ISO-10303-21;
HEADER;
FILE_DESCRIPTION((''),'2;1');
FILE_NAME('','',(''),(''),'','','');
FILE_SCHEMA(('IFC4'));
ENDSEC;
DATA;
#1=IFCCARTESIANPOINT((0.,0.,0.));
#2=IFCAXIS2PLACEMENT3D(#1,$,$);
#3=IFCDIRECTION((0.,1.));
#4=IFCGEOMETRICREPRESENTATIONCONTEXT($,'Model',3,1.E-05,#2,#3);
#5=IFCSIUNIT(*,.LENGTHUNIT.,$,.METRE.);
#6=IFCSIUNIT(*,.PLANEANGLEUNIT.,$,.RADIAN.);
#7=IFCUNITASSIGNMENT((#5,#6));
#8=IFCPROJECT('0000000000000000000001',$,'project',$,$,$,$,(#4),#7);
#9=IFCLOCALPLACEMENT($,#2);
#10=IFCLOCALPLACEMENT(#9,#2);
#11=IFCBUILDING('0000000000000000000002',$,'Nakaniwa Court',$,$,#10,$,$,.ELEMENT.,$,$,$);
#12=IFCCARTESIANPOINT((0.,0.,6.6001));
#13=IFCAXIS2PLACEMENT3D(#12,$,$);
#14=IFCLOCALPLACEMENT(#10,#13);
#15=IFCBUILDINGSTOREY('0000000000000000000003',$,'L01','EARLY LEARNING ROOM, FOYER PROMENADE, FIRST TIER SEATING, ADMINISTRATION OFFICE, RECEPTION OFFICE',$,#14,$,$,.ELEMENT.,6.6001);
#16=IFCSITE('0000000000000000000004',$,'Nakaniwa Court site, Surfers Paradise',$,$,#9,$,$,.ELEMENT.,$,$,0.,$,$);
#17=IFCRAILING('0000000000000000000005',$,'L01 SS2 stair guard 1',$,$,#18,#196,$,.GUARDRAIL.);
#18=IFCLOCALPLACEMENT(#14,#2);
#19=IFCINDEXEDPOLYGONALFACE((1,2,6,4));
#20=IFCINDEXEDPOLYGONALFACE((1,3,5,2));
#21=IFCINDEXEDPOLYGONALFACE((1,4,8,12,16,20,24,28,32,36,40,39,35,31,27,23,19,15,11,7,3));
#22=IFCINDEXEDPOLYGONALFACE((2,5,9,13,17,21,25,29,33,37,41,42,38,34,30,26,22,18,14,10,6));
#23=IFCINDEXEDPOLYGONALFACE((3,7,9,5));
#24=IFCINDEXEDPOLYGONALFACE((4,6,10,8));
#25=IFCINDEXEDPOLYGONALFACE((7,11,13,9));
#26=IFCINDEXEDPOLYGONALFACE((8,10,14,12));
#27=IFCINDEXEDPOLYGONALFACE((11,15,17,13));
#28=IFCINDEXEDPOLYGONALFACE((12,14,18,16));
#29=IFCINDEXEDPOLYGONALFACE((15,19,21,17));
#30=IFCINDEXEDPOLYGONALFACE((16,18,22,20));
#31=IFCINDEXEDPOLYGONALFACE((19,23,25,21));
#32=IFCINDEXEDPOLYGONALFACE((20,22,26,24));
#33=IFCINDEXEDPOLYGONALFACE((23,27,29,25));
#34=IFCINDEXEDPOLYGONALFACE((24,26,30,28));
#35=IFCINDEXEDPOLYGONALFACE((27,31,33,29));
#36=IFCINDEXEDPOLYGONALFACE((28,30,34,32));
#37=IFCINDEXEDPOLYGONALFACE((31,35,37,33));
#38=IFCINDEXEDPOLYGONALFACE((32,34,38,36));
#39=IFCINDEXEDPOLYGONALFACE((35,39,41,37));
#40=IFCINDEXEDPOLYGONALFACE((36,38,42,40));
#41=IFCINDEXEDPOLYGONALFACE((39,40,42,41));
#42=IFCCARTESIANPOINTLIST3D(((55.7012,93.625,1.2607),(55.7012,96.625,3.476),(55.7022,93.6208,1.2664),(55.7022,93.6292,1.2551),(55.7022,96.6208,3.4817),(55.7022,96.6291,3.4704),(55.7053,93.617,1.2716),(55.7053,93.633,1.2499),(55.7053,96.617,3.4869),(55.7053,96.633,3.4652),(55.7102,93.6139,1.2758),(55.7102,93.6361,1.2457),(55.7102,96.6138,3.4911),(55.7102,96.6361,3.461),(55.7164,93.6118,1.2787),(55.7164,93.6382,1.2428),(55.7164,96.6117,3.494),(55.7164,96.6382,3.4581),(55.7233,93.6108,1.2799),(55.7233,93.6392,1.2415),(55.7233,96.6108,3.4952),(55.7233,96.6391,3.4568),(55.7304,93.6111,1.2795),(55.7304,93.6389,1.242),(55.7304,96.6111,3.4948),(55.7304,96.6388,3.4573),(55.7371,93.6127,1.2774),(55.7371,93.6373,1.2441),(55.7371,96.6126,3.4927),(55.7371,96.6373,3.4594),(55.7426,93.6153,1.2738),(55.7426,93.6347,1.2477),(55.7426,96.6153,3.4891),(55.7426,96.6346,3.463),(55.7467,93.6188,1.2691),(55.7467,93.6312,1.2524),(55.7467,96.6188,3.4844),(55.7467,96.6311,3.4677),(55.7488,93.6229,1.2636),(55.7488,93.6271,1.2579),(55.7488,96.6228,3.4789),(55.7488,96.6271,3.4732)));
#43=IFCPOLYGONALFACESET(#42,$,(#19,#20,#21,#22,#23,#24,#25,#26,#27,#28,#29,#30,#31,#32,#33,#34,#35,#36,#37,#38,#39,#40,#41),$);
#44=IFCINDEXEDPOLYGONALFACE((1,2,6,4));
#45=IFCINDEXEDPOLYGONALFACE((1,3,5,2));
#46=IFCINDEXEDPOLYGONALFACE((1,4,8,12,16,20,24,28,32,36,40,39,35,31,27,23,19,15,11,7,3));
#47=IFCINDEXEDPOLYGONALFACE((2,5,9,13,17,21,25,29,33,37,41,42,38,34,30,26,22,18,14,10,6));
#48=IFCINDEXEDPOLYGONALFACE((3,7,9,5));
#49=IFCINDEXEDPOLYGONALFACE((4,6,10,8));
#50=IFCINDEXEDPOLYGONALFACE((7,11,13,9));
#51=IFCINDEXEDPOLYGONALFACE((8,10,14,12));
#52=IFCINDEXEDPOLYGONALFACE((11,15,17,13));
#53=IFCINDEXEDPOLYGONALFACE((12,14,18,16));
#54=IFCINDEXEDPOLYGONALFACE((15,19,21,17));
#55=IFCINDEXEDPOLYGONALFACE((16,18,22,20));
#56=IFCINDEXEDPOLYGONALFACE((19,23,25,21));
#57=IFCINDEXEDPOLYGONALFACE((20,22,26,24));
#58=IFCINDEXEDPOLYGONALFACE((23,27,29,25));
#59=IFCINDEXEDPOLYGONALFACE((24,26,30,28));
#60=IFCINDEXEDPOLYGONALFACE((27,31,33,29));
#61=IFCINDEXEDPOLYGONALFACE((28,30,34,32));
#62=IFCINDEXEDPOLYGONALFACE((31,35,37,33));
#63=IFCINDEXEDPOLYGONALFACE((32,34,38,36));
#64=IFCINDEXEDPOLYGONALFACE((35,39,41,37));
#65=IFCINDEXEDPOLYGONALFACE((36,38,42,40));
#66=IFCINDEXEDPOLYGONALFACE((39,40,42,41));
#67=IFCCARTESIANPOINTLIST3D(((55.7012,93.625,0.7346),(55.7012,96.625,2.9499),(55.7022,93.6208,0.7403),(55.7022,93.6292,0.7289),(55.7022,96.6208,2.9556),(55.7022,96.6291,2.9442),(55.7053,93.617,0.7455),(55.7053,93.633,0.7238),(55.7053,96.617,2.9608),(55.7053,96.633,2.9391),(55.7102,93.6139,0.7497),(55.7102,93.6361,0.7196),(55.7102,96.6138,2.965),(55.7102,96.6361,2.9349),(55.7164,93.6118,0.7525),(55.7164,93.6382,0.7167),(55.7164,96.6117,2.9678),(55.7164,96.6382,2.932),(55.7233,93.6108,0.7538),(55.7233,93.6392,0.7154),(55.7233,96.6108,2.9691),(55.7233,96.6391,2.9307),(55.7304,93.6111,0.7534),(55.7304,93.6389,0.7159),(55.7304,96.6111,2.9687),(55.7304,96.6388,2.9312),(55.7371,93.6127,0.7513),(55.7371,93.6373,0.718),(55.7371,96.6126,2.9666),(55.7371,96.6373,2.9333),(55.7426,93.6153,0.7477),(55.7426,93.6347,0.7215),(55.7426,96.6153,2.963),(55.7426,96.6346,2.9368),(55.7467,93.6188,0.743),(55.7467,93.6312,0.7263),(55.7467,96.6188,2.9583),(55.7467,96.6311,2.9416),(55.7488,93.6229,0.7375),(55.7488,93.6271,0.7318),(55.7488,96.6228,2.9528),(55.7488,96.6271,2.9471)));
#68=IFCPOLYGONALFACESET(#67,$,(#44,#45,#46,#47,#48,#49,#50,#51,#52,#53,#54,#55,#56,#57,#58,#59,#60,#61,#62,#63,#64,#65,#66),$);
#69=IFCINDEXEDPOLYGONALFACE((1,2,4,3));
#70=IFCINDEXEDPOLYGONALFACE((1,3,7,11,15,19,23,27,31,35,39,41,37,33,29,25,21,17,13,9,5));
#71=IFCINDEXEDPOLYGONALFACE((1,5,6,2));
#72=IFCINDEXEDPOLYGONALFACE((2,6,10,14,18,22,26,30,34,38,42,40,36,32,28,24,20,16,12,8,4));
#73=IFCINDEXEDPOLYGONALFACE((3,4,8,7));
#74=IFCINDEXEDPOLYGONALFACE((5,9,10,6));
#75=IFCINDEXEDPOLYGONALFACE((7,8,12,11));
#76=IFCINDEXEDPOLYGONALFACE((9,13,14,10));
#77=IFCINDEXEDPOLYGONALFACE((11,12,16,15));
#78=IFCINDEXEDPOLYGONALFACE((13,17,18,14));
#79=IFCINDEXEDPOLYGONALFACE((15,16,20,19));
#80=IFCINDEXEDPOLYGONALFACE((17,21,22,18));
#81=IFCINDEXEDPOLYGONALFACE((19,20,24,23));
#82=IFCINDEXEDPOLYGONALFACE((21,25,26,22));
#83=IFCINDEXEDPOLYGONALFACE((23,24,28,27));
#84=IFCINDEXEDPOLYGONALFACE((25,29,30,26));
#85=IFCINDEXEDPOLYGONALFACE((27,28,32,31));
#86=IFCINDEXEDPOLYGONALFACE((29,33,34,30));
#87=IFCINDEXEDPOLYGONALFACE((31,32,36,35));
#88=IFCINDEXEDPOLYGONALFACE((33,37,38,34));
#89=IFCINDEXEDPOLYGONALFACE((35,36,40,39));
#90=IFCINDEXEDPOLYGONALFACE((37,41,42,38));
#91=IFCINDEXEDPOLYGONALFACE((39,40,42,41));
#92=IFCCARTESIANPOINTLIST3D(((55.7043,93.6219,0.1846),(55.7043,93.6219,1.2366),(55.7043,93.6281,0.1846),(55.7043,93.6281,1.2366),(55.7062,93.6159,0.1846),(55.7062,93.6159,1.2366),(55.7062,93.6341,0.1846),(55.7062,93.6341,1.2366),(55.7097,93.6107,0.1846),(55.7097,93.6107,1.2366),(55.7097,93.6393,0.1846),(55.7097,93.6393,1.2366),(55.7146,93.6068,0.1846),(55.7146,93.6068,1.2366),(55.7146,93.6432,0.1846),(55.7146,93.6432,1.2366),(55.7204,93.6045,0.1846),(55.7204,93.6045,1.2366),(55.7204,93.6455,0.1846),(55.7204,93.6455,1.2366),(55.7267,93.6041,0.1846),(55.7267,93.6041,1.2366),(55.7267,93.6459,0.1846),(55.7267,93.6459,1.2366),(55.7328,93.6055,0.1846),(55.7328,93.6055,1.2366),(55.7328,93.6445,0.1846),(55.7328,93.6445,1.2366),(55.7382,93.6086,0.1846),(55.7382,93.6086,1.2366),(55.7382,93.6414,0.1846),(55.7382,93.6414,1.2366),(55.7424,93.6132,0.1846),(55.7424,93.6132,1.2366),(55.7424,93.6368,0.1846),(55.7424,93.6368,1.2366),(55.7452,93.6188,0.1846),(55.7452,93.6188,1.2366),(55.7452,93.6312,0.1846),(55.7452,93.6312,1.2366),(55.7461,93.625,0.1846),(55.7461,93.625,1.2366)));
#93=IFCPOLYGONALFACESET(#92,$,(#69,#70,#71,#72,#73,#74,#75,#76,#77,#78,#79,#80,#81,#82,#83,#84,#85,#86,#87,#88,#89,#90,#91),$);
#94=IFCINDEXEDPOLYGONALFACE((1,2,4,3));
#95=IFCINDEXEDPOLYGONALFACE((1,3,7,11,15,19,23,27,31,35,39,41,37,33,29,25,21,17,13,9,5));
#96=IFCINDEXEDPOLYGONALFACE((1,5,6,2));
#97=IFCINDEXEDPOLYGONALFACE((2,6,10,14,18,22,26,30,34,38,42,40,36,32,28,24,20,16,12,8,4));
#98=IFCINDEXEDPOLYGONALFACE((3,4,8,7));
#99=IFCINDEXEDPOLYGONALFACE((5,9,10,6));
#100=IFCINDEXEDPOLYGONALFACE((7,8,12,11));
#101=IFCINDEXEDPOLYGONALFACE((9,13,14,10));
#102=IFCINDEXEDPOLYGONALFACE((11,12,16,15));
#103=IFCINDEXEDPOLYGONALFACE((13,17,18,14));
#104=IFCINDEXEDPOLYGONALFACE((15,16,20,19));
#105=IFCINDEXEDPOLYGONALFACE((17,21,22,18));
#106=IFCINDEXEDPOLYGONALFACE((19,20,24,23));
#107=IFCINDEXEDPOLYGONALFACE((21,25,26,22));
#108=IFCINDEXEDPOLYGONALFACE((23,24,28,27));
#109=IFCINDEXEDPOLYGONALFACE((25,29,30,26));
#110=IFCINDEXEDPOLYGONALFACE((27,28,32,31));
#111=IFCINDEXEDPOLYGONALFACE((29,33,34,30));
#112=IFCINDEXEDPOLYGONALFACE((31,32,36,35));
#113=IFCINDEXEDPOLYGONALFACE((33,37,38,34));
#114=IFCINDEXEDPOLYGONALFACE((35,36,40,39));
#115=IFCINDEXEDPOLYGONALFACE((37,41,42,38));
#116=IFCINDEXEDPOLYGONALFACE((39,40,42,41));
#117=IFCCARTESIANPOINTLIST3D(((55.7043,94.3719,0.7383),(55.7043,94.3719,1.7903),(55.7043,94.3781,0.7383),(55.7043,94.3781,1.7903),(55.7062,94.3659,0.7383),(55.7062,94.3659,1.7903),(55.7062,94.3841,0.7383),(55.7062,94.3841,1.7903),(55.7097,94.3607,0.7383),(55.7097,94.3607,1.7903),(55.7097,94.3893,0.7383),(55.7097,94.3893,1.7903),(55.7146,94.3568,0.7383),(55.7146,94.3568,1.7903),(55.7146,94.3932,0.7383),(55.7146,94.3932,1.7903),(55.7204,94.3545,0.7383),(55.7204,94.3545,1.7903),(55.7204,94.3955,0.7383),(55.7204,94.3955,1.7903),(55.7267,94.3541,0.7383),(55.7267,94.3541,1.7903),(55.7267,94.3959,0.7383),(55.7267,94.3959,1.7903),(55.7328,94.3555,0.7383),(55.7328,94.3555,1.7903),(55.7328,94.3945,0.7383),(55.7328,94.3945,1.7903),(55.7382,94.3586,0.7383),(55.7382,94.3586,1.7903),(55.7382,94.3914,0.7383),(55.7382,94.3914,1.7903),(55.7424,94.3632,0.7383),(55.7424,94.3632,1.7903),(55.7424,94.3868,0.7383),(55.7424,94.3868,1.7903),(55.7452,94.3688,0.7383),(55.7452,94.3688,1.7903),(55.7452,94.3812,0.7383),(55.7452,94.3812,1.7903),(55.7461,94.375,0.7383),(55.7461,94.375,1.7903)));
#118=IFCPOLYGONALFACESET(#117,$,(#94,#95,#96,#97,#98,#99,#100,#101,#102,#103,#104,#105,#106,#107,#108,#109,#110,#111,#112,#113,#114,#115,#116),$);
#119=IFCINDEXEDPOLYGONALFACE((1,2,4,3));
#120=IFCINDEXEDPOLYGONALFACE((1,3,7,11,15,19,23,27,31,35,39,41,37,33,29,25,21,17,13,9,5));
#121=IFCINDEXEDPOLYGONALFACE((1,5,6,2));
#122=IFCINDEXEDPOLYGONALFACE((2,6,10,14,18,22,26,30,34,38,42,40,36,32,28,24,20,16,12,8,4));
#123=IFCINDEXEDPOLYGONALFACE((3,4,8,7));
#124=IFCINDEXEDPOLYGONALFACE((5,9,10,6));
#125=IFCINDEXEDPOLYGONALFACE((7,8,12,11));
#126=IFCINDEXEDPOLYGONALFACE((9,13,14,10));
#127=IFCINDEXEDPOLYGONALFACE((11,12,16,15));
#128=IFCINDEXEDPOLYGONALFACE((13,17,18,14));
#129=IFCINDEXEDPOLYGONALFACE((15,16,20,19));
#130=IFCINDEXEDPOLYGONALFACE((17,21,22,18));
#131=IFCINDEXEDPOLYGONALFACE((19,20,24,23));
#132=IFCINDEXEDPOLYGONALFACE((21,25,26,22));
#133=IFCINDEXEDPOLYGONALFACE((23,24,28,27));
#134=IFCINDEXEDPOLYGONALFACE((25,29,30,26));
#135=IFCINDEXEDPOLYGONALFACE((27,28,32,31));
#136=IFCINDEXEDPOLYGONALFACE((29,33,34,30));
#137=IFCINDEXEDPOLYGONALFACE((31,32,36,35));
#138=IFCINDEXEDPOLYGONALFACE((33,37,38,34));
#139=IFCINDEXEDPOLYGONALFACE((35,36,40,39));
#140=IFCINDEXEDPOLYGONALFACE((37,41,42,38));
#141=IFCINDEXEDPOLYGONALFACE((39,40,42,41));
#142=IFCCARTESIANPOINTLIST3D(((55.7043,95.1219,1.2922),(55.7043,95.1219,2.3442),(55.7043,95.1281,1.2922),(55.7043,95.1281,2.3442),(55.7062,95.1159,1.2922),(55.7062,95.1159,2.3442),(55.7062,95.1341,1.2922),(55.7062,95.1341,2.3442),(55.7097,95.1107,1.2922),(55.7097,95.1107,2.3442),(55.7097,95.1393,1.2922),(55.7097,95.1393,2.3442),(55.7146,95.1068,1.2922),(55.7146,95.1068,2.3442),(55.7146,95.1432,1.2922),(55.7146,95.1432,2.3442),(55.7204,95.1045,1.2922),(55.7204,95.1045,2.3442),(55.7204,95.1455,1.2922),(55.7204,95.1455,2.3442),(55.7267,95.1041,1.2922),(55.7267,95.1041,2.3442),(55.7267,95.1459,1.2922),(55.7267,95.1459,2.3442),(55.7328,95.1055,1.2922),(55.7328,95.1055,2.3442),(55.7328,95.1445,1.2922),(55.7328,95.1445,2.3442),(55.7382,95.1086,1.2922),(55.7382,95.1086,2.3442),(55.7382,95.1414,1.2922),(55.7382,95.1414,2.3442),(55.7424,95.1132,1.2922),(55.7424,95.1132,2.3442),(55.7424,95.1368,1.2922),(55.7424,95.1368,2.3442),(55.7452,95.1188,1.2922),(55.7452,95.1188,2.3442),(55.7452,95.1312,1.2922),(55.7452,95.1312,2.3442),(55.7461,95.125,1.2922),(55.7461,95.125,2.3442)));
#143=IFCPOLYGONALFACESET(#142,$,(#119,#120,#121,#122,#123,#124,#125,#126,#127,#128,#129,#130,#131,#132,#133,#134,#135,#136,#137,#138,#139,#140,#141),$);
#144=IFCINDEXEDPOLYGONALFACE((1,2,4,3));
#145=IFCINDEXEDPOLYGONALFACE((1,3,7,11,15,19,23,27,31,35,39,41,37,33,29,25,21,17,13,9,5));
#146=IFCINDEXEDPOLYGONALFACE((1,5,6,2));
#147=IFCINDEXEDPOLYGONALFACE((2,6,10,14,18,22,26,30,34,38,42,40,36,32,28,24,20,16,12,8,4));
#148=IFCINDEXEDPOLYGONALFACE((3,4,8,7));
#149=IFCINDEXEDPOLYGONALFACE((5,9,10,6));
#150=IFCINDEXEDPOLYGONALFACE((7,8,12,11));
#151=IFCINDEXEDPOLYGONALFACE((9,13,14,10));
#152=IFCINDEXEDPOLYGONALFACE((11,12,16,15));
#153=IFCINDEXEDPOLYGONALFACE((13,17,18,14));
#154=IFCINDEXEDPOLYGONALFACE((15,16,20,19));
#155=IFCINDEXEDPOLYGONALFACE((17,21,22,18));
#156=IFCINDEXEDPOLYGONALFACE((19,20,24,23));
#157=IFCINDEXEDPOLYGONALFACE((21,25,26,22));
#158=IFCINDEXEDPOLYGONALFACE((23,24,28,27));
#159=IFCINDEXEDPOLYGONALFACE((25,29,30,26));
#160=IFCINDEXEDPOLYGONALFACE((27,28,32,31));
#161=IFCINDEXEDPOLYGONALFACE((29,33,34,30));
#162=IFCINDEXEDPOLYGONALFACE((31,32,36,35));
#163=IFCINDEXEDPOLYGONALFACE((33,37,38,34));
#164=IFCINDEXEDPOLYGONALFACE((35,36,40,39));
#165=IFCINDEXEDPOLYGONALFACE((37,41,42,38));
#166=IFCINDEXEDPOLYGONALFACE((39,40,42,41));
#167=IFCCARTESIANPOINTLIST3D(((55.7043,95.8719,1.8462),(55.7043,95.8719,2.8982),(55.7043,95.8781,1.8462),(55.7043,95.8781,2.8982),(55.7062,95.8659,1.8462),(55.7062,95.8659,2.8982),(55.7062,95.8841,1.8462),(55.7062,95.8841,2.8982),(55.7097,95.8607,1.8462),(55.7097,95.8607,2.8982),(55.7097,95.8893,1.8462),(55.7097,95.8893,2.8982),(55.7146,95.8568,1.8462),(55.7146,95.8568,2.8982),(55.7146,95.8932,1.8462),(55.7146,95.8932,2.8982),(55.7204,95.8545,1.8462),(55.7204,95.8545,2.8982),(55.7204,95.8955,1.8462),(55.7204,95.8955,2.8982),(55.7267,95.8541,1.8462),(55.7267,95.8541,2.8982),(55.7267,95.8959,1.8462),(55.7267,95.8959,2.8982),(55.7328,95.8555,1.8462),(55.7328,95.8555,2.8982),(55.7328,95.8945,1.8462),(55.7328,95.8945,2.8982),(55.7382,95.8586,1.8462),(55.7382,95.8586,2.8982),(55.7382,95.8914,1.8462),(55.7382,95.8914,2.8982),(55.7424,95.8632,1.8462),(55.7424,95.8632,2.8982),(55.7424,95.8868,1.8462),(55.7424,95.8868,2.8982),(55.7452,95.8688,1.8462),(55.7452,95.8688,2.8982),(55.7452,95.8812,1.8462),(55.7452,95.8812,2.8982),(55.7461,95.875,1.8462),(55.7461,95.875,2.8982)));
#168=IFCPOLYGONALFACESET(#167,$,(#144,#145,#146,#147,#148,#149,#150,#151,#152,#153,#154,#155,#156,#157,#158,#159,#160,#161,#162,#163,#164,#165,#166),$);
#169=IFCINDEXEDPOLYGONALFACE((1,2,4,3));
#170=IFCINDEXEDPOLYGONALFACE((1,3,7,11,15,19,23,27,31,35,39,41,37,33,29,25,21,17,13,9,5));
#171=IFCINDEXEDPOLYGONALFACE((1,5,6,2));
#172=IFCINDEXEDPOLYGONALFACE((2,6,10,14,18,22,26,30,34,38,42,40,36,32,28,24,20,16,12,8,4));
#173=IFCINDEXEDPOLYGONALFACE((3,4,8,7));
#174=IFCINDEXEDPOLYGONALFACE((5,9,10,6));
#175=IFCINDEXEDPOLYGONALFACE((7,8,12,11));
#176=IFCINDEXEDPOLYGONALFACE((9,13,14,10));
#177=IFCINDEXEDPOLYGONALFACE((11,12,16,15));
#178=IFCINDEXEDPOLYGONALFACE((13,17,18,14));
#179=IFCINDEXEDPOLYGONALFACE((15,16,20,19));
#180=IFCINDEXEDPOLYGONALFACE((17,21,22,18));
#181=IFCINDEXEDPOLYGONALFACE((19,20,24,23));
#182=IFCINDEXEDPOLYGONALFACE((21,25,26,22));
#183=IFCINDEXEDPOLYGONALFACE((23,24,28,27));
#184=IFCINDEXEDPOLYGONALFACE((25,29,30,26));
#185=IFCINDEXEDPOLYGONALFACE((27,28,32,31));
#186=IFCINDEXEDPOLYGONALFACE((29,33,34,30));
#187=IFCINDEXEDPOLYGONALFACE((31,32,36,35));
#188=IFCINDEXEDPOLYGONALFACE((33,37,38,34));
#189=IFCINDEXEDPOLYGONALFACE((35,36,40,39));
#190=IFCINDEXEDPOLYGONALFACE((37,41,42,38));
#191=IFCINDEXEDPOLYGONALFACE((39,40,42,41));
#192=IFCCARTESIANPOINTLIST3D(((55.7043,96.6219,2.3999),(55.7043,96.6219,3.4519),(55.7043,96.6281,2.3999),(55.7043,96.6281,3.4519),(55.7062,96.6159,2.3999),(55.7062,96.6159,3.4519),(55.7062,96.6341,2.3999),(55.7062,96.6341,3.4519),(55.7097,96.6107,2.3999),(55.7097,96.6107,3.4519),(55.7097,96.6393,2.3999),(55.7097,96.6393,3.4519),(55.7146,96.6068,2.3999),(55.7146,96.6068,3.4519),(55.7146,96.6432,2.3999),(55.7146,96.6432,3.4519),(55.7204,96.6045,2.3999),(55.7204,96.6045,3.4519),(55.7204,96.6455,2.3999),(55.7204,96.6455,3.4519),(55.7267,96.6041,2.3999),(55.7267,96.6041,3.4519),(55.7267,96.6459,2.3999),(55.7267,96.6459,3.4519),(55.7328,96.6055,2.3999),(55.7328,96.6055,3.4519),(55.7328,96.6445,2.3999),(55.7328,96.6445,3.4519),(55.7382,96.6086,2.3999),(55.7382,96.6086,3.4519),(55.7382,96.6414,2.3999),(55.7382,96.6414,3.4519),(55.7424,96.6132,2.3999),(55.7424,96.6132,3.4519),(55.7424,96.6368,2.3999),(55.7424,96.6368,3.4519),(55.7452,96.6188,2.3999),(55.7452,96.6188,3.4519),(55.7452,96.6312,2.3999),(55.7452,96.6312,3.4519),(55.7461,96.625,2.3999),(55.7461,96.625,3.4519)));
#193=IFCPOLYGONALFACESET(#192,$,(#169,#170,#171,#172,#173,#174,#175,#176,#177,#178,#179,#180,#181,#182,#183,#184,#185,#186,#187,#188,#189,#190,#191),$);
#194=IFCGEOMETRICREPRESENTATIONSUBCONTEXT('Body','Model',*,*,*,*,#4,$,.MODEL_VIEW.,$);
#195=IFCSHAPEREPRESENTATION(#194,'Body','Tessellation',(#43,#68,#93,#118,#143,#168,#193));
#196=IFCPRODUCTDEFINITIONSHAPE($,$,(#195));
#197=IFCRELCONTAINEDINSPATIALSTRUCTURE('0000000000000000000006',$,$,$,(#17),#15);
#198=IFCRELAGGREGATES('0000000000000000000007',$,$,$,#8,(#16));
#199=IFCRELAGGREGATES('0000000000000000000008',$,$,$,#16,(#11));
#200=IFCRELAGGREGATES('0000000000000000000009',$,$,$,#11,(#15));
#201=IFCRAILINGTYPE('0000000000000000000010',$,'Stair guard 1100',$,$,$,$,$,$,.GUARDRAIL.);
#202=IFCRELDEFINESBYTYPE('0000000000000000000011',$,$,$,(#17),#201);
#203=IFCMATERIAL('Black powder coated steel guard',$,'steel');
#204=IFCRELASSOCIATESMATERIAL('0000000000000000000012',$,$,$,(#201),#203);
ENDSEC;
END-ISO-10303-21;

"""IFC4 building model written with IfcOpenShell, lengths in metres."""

from ifc_helpers import new_model, si_unit, direction, frame, origin, origin_2d, place, context, subcontext, project, spatial, circle, extrude, material, type_object, element, save


model = new_model("IFC4")

# Units and contexts
model_context = context("Model", 3, precision=1e-05, world=origin(), true_north=direction((0.0, 1.0)))
body_context = subcontext(model_context, "Body", "Model", "MODEL_VIEW")
ifc_project = project(units=[si_unit("LENGTHUNIT", "METRE"), si_unit("PLANEANGLEUNIT", "RADIAN")], contexts=[model_context])

# Site, building, storey
site_placement = place(None, origin())
site = spatial("IfcSite", under=ifc_project, at=site_placement, Name="Nakaniwa Court site, Surfers Paradise", CompositionType="ELEMENT", RefElevation=0.0)
building_placement = place(site_placement, origin())
building = spatial("IfcBuilding", under=site, at=building_placement, Name="Nakaniwa Court", CompositionType="ELEMENT")
storey_placement = place(building_placement, frame((0.0, 0.0, 6.6001)))
storey = spatial("IfcBuildingStorey", under=building, at=storey_placement, Name="L01", Description="EARLY LEARNING ROOM, FOYER PROMENADE, FIRST TIER SEATING, ADMINISTRATION OFFICE, RECEPTION OFFICE", CompositionType="ELEMENT", Elevation=6.6001)

# Railing
ifc_material_1 = material(Name="Black powder coated steel guard", Category="steel")
railing_type_1 = type_object("IfcRailingType", Name="Stair guard 1100", PredefinedType="GUARDRAIL", material=ifc_material_1)
railing_1_placement = place(storey_placement, frame((55.7251, 93.625, 0.1846)))
element("IfcRailing", 1, at=railing_1_placement, inside=storey, type_object=railing_type_1, Name="L01 SS2 stair guard 1", PredefinedType="GUARDRAIL", context=body_context, shape_type="SweptSolid", body=[
    extrude(circle(Radius=0.0239, at=origin_2d()), frame((0.0, 0.0, 1.0762), z_axis=(0.0, 0.80444, 0.594034), x_axis=(-1.0, 0.0, 0.0)), (0.0, 0.0, 1.0), 3.7292),
    extrude(circle(Radius=0.0239, at=origin_2d()), frame((0.0, 0.0, 0.55), z_axis=(0.0, 0.80444, 0.594034), x_axis=(-1.0, 0.0, 0.0)), (0.0, 0.0, 1.0), 3.7292),
    extrude(circle(Radius=0.021, at=origin_2d()), origin(), (0.0, 0.0, 1.0), 1.052),
    extrude(circle(Radius=0.021, at=origin_2d()), frame((0.0, 0.75, 0.5537)), (0.0, 0.0, 1.0), 1.052),
    extrude(circle(Radius=0.021, at=origin_2d()), frame((0.0, 1.5, 1.1077)), (0.0, 0.0, 1.0), 1.052),
    extrude(circle(Radius=0.021, at=origin_2d()), frame((0.0, 2.25, 1.6616)), (0.0, 0.0, 1.0), 1.052),
    extrude(circle(Radius=0.021, at=origin_2d()), frame((0.0, 3.0, 2.2153)), (0.0, 0.0, 1.0), 1.052),
])

save(model, "model.ifc")
